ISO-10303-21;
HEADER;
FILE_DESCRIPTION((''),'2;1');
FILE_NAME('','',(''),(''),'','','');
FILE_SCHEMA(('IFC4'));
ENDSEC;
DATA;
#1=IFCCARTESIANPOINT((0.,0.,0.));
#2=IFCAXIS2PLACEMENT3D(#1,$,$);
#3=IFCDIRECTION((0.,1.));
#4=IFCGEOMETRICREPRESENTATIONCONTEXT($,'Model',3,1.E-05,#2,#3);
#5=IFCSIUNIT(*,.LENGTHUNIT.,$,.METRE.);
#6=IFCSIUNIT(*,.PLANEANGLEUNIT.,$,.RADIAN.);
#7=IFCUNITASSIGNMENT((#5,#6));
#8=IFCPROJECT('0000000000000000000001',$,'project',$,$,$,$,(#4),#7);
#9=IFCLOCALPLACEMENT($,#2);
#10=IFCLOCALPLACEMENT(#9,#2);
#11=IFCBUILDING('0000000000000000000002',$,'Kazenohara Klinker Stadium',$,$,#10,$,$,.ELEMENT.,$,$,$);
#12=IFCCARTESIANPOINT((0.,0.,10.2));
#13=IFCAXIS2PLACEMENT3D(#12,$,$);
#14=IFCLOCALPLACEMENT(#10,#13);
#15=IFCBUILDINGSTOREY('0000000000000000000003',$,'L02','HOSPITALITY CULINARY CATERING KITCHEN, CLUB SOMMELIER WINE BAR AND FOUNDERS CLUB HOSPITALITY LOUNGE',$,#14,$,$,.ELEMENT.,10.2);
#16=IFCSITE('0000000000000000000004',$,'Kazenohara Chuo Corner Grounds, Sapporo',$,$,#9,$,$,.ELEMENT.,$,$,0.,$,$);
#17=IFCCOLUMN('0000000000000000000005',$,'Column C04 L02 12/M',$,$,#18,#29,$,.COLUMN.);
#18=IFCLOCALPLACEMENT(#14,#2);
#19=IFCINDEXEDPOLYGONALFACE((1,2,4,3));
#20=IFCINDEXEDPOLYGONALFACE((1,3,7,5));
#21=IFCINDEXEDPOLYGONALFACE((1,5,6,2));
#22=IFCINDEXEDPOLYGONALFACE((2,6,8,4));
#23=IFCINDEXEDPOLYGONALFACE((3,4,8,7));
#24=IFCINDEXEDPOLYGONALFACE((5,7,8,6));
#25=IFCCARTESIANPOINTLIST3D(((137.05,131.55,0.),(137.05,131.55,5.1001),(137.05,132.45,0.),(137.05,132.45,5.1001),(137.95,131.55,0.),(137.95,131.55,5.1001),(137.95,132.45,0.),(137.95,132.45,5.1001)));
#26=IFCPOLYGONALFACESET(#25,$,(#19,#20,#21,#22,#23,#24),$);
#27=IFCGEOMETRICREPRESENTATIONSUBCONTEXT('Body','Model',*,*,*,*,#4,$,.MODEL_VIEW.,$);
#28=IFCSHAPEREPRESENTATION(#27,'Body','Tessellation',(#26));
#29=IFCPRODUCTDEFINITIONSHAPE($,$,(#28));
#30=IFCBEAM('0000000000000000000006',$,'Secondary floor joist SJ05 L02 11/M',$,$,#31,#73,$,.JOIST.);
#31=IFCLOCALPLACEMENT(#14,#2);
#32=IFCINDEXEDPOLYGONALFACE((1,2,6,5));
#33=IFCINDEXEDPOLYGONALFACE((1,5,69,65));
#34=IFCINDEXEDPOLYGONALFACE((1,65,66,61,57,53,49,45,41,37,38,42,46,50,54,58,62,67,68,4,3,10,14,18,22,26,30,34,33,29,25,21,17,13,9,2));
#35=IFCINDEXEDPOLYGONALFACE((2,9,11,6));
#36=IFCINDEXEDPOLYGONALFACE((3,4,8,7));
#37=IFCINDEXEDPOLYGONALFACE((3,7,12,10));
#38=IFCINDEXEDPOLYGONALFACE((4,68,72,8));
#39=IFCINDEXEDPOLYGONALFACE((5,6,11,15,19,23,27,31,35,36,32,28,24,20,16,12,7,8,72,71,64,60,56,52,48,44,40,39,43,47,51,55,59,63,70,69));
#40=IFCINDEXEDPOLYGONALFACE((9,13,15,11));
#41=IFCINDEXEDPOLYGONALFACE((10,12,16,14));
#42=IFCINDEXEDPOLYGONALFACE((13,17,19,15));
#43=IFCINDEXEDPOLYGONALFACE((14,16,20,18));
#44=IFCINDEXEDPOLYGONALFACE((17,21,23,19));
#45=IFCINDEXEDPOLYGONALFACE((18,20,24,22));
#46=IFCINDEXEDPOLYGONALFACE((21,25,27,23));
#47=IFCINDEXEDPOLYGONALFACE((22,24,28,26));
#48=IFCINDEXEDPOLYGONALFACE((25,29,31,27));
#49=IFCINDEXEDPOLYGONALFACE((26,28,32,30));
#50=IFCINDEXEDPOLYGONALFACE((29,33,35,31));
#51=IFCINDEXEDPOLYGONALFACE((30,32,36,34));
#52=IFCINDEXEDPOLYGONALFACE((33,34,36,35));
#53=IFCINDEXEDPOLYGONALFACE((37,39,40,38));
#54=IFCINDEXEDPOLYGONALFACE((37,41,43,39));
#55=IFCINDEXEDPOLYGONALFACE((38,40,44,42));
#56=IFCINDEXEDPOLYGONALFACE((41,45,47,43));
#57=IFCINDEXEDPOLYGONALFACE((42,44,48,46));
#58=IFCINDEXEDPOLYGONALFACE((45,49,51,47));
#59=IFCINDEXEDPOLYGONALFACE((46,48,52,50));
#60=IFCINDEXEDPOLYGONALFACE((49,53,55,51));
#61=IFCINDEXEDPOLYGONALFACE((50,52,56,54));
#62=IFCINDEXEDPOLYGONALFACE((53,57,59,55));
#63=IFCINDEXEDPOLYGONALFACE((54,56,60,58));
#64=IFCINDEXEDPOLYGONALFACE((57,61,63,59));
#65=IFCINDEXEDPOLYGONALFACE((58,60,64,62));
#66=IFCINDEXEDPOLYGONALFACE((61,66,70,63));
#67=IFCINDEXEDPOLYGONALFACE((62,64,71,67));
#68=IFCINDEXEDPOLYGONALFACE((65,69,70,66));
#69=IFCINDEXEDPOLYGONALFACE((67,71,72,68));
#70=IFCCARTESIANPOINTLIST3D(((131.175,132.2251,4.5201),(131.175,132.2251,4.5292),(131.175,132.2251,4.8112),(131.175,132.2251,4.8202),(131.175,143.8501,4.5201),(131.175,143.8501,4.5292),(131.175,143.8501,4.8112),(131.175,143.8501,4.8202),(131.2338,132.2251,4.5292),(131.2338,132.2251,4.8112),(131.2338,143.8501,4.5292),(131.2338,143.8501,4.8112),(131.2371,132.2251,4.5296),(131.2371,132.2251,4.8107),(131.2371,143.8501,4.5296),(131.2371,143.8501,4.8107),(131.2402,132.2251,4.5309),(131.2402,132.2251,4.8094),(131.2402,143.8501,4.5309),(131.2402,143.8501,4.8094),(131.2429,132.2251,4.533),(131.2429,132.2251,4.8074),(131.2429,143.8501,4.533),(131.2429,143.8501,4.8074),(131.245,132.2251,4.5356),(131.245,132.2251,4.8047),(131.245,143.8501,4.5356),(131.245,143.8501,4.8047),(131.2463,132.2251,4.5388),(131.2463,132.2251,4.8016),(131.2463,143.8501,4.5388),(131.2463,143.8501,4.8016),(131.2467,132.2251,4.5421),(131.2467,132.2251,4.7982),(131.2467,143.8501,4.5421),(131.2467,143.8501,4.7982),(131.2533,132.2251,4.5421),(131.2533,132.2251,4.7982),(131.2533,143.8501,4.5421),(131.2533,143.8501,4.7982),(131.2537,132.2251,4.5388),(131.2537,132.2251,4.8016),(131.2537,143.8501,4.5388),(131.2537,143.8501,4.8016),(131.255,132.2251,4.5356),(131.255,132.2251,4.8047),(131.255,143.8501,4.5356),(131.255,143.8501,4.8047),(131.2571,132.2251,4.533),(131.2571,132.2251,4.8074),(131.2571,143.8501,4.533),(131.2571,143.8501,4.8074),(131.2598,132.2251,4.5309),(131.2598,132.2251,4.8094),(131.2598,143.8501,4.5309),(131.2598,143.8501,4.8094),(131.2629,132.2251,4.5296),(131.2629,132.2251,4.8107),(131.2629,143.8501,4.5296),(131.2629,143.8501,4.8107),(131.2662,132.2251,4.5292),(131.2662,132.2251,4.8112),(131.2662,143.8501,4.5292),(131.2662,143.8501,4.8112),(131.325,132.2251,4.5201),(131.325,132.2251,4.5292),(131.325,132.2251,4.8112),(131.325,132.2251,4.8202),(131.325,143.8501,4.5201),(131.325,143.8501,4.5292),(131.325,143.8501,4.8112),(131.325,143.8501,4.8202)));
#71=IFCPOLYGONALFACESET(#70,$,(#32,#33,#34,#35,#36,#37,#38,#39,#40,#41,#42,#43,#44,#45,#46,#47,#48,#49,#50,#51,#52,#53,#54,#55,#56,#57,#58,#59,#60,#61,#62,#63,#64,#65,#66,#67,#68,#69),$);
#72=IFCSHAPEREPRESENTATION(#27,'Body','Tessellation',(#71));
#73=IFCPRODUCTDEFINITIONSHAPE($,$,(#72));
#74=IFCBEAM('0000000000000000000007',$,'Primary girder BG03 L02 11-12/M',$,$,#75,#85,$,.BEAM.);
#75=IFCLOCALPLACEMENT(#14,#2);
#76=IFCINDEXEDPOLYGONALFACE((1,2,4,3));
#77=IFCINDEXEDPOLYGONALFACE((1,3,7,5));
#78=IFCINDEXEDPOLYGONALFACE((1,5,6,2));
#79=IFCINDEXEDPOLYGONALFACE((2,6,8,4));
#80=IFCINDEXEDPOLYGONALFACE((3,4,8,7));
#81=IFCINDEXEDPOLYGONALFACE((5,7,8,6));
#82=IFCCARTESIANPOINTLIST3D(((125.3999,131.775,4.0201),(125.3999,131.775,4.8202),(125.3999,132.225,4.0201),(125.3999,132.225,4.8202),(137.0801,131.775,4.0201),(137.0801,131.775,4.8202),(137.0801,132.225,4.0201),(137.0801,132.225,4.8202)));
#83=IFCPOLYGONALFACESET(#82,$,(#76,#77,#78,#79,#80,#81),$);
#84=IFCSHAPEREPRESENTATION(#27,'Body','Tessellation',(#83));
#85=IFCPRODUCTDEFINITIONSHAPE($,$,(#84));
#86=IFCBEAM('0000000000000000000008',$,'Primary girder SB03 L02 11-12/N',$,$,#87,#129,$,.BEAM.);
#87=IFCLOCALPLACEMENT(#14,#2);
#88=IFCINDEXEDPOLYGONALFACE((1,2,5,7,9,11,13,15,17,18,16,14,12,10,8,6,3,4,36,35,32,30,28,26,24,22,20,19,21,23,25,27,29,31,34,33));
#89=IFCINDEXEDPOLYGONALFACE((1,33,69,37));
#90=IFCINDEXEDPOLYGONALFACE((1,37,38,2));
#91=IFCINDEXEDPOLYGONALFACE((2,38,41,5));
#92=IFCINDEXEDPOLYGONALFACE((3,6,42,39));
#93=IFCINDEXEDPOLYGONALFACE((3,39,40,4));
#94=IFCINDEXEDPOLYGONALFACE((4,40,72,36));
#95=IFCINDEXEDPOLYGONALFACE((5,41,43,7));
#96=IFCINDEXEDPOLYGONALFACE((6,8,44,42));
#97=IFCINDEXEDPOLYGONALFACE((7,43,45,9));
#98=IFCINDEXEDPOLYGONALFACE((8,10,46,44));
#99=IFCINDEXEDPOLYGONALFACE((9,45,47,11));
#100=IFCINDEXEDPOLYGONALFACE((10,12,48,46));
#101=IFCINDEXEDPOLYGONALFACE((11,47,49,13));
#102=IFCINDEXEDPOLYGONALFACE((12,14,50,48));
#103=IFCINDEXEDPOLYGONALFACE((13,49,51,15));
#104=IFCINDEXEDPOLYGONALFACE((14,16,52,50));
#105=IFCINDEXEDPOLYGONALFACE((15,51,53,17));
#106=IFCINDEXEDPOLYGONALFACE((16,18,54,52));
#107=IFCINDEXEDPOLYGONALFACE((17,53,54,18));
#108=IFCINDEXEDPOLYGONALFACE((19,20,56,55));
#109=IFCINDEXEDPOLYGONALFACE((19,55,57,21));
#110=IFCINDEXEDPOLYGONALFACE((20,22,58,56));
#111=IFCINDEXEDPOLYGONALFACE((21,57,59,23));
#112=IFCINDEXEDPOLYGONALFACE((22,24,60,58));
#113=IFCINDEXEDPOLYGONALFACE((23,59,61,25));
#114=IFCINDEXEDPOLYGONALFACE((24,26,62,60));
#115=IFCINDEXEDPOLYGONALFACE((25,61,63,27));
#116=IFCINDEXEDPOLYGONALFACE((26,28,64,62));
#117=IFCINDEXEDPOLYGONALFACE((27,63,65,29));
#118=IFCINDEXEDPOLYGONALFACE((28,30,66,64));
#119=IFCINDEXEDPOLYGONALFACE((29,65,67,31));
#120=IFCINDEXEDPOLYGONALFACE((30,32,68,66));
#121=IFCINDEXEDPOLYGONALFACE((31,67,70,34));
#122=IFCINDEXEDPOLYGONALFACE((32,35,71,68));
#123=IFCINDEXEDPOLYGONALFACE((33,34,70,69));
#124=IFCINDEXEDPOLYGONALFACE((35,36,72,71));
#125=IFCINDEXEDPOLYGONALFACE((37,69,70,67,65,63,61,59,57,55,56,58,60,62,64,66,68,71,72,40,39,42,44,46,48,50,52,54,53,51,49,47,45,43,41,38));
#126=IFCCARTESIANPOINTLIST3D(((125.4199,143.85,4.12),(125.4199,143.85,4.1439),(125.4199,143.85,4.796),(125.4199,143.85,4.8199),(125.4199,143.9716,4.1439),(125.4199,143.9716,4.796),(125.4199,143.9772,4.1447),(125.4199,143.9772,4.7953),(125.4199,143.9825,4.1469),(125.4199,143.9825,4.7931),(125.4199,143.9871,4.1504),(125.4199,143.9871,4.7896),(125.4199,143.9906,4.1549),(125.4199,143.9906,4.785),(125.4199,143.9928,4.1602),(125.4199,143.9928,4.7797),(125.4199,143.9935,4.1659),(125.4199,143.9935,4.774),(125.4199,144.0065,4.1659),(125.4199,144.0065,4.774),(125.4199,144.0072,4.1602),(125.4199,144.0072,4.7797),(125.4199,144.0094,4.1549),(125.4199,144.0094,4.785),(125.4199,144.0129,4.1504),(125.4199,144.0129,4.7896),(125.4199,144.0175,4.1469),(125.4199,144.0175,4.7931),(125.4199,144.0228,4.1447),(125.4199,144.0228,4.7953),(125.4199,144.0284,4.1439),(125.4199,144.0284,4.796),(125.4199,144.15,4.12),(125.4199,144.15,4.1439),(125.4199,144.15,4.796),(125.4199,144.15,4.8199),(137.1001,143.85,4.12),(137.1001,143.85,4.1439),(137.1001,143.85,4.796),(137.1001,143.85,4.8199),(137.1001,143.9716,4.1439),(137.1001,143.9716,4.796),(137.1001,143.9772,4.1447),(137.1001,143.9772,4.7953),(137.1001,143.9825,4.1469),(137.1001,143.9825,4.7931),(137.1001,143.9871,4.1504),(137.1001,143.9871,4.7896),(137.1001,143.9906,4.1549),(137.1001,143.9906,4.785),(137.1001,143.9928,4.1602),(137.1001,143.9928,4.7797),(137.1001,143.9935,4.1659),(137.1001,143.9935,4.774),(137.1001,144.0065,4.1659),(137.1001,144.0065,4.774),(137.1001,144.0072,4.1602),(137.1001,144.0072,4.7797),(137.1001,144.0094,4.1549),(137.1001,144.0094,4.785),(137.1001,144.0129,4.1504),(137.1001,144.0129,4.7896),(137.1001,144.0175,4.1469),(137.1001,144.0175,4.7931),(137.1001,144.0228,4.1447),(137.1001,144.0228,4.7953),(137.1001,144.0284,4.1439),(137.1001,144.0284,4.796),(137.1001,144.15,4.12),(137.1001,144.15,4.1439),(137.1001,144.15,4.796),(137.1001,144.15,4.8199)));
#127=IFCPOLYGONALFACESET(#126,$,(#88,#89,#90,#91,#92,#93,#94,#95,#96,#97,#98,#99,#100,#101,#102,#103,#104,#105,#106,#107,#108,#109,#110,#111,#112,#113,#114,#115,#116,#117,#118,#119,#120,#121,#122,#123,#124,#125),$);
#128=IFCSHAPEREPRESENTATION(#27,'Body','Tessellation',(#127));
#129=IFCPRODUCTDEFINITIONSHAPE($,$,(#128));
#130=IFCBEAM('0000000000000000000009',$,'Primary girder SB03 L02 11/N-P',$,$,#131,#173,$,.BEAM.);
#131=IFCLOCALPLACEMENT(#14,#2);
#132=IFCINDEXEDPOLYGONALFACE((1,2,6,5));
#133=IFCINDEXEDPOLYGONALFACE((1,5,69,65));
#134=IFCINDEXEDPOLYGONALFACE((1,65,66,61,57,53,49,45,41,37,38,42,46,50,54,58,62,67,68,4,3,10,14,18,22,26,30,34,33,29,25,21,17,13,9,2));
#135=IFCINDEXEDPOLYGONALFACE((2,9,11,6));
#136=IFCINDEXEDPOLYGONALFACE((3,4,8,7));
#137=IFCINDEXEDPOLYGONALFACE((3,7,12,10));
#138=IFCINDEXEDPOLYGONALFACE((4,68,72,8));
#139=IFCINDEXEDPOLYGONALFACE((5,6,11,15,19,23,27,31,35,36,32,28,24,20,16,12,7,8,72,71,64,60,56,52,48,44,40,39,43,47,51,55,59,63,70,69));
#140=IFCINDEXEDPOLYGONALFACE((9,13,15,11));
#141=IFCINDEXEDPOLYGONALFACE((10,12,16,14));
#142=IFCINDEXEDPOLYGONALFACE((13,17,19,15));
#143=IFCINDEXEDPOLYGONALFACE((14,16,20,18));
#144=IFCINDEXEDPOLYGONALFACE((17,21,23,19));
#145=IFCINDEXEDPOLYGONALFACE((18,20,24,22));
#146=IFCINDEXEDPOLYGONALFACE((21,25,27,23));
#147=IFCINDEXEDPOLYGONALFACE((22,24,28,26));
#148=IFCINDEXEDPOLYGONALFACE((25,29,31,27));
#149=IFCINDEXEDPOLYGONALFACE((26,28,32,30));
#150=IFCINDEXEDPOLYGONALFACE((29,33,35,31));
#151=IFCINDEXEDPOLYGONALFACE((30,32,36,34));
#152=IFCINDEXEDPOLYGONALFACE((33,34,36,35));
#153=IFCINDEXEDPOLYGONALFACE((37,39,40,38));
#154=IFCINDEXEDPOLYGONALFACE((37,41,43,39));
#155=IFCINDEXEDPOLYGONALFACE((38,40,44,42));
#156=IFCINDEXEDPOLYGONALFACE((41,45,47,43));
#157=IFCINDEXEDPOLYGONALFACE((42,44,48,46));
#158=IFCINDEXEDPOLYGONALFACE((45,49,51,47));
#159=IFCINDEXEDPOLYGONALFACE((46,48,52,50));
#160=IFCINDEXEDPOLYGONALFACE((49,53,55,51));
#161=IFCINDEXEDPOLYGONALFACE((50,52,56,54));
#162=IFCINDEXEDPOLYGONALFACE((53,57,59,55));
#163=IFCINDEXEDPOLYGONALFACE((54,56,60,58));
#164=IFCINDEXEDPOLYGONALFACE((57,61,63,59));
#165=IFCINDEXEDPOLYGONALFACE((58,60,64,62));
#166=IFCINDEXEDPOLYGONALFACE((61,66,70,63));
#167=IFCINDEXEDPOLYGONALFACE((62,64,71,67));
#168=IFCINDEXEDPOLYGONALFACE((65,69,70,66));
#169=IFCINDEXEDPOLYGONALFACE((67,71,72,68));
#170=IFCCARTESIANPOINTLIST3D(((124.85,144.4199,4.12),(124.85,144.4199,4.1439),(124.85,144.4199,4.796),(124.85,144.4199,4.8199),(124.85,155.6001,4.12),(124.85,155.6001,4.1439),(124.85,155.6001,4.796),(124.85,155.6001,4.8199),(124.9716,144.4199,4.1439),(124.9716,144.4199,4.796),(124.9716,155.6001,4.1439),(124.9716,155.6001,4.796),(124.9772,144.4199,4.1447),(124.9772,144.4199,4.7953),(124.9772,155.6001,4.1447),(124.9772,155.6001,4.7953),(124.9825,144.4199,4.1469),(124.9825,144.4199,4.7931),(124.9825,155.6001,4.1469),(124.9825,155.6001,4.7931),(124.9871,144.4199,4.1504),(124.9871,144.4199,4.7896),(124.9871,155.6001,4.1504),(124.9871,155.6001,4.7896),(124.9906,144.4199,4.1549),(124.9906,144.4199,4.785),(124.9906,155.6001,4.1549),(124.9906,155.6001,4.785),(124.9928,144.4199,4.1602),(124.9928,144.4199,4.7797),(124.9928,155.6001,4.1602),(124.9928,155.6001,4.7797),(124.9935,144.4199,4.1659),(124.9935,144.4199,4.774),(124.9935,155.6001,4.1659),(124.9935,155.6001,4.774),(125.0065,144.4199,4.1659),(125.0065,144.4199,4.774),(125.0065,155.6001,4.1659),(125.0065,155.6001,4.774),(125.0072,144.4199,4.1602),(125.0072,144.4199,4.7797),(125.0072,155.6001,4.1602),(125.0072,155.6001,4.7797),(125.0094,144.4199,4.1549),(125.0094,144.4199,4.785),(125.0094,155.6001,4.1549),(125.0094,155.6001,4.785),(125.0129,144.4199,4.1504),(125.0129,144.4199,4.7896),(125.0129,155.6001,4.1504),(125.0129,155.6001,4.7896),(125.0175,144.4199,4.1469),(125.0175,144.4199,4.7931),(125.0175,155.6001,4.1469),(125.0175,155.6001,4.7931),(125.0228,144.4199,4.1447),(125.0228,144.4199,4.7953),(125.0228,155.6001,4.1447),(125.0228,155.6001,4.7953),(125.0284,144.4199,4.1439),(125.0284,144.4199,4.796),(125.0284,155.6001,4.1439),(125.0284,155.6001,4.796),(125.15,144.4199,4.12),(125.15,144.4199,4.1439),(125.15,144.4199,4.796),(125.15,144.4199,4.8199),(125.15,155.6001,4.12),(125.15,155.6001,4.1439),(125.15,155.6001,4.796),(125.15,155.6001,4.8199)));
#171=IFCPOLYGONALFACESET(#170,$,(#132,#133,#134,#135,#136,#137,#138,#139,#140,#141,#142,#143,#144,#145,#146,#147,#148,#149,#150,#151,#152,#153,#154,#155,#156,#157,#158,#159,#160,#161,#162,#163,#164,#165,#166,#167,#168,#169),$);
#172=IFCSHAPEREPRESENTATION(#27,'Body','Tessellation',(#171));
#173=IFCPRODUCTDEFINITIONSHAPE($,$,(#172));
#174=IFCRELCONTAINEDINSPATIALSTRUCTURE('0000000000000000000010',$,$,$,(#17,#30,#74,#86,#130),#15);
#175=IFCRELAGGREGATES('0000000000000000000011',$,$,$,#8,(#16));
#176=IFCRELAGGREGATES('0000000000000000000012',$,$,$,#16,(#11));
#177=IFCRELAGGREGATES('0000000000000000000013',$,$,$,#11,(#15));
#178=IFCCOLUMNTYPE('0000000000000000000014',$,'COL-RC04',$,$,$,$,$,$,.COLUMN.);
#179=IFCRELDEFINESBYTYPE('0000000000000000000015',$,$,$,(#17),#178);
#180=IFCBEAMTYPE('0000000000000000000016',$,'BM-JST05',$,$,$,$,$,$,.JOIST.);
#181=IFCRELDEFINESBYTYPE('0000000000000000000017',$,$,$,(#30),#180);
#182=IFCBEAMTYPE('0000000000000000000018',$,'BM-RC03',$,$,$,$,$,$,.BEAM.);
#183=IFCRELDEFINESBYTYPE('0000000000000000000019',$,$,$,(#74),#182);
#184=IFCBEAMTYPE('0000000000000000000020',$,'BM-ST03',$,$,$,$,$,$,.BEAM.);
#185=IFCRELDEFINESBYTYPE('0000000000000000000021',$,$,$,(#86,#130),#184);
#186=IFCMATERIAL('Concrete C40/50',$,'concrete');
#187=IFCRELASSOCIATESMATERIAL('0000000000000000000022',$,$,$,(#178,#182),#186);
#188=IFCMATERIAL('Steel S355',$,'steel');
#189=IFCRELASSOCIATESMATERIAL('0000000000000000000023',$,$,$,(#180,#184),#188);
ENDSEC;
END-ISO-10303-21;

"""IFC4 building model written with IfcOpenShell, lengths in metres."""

from ifc_helpers import new_model, si_unit, direction, frame, origin, origin_2d, place, context, subcontext, project, spatial, rectangle, i_section, extrude, material, material_profile, profile_set, type_object, element, save


model = new_model("IFC4")

# Units and contexts
model_context = context("Model", 3, precision=1e-05, world=origin(), true_north=direction((0.0, 1.0)))
body_context = subcontext(model_context, "Body", "Model", "MODEL_VIEW")
ifc_project = project(units=[si_unit("LENGTHUNIT", "METRE"), si_unit("PLANEANGLEUNIT", "RADIAN")], contexts=[model_context])

# Site, building, storey
site_placement = place(None, origin())
site = spatial("IfcSite", under=ifc_project, at=site_placement, Name="Kazenohara Chuo Corner Grounds, Sapporo", CompositionType="ELEMENT", RefElevation=0.0)
building_placement = place(site_placement, origin())
building = spatial("IfcBuilding", under=site, at=building_placement, Name="Kazenohara Klinker Stadium", CompositionType="ELEMENT")
storey_placement = place(building_placement, frame((0.0, 0.0, 10.2)))
storey = spatial("IfcBuildingStorey", under=building, at=storey_placement, Name="L02", Description="HOSPITALITY CULINARY CATERING KITCHEN, CLUB SOMMELIER WINE BAR AND FOUNDERS CLUB HOSPITALITY LOUNGE", CompositionType="ELEMENT", Elevation=10.2)

# Column
ifc_material_1 = material(Name="Concrete C40/50", Category="concrete")
ifc_material_profile_1 = material_profile(ifc_material_1, rectangle(XDim=0.8999, YDim=0.8999, at=origin_2d()), Name="RC-COL-900x900")
ifc_profile_set_1 = profile_set([ifc_material_profile_1], Name="Concrete C40/50")
column_type = type_object("IfcColumnType", Name="COL-RC04", PredefinedType="COLUMN", material=ifc_profile_set_1)
column_placement = place(storey_placement, frame((137.5, 132.0, 0.0), z_axis=(0.0, 0.0, 1.0), x_axis=(1.0, 0.0, 0.0)))
element("IfcColumn", 1, at=column_placement, inside=storey, type_object=column_type, Name="Column C04 L02 12/M", PredefinedType="COLUMN", context=body_context, shape_type="SweptSolid", body=[
    extrude(rectangle(XDim=0.8999, YDim=0.8999, at=origin_2d()), origin(), (0.0, 0.0, 1.0), 5.1001),
])

# Beams
ifc_material_2 = material(Name="Steel S355", Category="steel")
ifc_material_profile_2 = material_profile(ifc_material_2, i_section(OverallWidth=0.1499, OverallDepth=0.3, WebThickness=0.0066, FlangeThickness=0.009, FilletRadius=0.0129, at=origin_2d()), Name="H-300x150x6.5x9")
ifc_profile_set_2 = profile_set([ifc_material_profile_2], Name="Steel S355")
beam_type_1 = type_object("IfcBeamType", Name="BM-JST05", PredefinedType="JOIST", material=ifc_profile_set_2)
beam_1_placement = place(storey_placement, frame((131.25, 132.2251, 4.6702), z_axis=(0.0, 1.0, 0.0), x_axis=(-1.0, 0.0, 0.0)))
element("IfcBeam", 2, at=beam_1_placement, inside=storey, type_object=beam_type_1, Name="Secondary floor joist SJ05 L02 11/M", PredefinedType="JOIST", context=body_context, shape_type="SweptSolid", body=[
    extrude(i_section(OverallWidth=0.1499, OverallDepth=0.3, WebThickness=0.0066, FlangeThickness=0.009, FilletRadius=0.0129, at=origin_2d()), origin(), (0.0, 0.0, 1.0), 11.625),
])
ifc_material_profile_3 = material_profile(ifc_material_1, rectangle(XDim=0.45, YDim=0.8, at=origin_2d()), Name="RC-BM-450x800")
ifc_profile_set_3 = profile_set([ifc_material_profile_3], Name="Concrete C40/50")
beam_type_2 = type_object("IfcBeamType", Name="BM-RC03", PredefinedType="BEAM", material=ifc_profile_set_3)
beam_2_placement = place(storey_placement, frame((125.3999, 132.0, 4.4202), z_axis=(1.0, 0.0, 0.0), x_axis=(0.0, 1.0, 0.0)))
element("IfcBeam", 3, at=beam_2_placement, inside=storey, type_object=beam_type_2, Name="Primary girder BG03 L02 11-12/M", PredefinedType="BEAM", context=body_context, shape_type="SweptSolid", body=[
    extrude(rectangle(XDim=0.45, YDim=0.8, at=origin_2d()), origin(), (0.0, 0.0, 1.0), 11.6802),
])
ifc_material_profile_4 = material_profile(ifc_material_2, i_section(OverallWidth=0.3, OverallDepth=0.7, WebThickness=0.0129, FlangeThickness=0.0239, FilletRadius=0.022, at=origin_2d()), Name="H-700x300x13x24")
ifc_profile_set_4 = profile_set([ifc_material_profile_4], Name="Steel S355")
beam_type_3 = type_object("IfcBeamType", Name="BM-ST03", PredefinedType="BEAM", material=ifc_profile_set_4)
beam_3_placement = place(storey_placement, frame((125.4199, 144.0, 4.47), z_axis=(1.0, 0.0, 0.0), x_axis=(0.0, 1.0, 0.0)))
element("IfcBeam", 4, at=beam_3_placement, inside=storey, type_object=beam_type_3, Name="Primary girder SB03 L02 11-12/N", PredefinedType="BEAM", context=body_context, shape_type="SweptSolid", body=[
    extrude(i_section(OverallWidth=0.3, OverallDepth=0.7, WebThickness=0.0129, FlangeThickness=0.0239, FilletRadius=0.022, at=origin_2d()), origin(), (0.0, 0.0, 1.0), 11.6802),
])
beam_4_placement = place(storey_placement, frame((125.0, 144.4199, 4.47), z_axis=(0.0, 1.0, 0.0), x_axis=(-1.0, 0.0, 0.0)))
element("IfcBeam", 5, at=beam_4_placement, inside=storey, type_object=beam_type_3, Name="Primary girder SB03 L02 11/N-P", PredefinedType="BEAM", context=body_context, shape_type="SweptSolid", body=[
    extrude(i_section(OverallWidth=0.3, OverallDepth=0.7, WebThickness=0.0129, FlangeThickness=0.0239, FilletRadius=0.022, at=origin_2d()), origin(), (0.0, 0.0, 1.0), 11.1802),
])

save(model, "model.ifc")
